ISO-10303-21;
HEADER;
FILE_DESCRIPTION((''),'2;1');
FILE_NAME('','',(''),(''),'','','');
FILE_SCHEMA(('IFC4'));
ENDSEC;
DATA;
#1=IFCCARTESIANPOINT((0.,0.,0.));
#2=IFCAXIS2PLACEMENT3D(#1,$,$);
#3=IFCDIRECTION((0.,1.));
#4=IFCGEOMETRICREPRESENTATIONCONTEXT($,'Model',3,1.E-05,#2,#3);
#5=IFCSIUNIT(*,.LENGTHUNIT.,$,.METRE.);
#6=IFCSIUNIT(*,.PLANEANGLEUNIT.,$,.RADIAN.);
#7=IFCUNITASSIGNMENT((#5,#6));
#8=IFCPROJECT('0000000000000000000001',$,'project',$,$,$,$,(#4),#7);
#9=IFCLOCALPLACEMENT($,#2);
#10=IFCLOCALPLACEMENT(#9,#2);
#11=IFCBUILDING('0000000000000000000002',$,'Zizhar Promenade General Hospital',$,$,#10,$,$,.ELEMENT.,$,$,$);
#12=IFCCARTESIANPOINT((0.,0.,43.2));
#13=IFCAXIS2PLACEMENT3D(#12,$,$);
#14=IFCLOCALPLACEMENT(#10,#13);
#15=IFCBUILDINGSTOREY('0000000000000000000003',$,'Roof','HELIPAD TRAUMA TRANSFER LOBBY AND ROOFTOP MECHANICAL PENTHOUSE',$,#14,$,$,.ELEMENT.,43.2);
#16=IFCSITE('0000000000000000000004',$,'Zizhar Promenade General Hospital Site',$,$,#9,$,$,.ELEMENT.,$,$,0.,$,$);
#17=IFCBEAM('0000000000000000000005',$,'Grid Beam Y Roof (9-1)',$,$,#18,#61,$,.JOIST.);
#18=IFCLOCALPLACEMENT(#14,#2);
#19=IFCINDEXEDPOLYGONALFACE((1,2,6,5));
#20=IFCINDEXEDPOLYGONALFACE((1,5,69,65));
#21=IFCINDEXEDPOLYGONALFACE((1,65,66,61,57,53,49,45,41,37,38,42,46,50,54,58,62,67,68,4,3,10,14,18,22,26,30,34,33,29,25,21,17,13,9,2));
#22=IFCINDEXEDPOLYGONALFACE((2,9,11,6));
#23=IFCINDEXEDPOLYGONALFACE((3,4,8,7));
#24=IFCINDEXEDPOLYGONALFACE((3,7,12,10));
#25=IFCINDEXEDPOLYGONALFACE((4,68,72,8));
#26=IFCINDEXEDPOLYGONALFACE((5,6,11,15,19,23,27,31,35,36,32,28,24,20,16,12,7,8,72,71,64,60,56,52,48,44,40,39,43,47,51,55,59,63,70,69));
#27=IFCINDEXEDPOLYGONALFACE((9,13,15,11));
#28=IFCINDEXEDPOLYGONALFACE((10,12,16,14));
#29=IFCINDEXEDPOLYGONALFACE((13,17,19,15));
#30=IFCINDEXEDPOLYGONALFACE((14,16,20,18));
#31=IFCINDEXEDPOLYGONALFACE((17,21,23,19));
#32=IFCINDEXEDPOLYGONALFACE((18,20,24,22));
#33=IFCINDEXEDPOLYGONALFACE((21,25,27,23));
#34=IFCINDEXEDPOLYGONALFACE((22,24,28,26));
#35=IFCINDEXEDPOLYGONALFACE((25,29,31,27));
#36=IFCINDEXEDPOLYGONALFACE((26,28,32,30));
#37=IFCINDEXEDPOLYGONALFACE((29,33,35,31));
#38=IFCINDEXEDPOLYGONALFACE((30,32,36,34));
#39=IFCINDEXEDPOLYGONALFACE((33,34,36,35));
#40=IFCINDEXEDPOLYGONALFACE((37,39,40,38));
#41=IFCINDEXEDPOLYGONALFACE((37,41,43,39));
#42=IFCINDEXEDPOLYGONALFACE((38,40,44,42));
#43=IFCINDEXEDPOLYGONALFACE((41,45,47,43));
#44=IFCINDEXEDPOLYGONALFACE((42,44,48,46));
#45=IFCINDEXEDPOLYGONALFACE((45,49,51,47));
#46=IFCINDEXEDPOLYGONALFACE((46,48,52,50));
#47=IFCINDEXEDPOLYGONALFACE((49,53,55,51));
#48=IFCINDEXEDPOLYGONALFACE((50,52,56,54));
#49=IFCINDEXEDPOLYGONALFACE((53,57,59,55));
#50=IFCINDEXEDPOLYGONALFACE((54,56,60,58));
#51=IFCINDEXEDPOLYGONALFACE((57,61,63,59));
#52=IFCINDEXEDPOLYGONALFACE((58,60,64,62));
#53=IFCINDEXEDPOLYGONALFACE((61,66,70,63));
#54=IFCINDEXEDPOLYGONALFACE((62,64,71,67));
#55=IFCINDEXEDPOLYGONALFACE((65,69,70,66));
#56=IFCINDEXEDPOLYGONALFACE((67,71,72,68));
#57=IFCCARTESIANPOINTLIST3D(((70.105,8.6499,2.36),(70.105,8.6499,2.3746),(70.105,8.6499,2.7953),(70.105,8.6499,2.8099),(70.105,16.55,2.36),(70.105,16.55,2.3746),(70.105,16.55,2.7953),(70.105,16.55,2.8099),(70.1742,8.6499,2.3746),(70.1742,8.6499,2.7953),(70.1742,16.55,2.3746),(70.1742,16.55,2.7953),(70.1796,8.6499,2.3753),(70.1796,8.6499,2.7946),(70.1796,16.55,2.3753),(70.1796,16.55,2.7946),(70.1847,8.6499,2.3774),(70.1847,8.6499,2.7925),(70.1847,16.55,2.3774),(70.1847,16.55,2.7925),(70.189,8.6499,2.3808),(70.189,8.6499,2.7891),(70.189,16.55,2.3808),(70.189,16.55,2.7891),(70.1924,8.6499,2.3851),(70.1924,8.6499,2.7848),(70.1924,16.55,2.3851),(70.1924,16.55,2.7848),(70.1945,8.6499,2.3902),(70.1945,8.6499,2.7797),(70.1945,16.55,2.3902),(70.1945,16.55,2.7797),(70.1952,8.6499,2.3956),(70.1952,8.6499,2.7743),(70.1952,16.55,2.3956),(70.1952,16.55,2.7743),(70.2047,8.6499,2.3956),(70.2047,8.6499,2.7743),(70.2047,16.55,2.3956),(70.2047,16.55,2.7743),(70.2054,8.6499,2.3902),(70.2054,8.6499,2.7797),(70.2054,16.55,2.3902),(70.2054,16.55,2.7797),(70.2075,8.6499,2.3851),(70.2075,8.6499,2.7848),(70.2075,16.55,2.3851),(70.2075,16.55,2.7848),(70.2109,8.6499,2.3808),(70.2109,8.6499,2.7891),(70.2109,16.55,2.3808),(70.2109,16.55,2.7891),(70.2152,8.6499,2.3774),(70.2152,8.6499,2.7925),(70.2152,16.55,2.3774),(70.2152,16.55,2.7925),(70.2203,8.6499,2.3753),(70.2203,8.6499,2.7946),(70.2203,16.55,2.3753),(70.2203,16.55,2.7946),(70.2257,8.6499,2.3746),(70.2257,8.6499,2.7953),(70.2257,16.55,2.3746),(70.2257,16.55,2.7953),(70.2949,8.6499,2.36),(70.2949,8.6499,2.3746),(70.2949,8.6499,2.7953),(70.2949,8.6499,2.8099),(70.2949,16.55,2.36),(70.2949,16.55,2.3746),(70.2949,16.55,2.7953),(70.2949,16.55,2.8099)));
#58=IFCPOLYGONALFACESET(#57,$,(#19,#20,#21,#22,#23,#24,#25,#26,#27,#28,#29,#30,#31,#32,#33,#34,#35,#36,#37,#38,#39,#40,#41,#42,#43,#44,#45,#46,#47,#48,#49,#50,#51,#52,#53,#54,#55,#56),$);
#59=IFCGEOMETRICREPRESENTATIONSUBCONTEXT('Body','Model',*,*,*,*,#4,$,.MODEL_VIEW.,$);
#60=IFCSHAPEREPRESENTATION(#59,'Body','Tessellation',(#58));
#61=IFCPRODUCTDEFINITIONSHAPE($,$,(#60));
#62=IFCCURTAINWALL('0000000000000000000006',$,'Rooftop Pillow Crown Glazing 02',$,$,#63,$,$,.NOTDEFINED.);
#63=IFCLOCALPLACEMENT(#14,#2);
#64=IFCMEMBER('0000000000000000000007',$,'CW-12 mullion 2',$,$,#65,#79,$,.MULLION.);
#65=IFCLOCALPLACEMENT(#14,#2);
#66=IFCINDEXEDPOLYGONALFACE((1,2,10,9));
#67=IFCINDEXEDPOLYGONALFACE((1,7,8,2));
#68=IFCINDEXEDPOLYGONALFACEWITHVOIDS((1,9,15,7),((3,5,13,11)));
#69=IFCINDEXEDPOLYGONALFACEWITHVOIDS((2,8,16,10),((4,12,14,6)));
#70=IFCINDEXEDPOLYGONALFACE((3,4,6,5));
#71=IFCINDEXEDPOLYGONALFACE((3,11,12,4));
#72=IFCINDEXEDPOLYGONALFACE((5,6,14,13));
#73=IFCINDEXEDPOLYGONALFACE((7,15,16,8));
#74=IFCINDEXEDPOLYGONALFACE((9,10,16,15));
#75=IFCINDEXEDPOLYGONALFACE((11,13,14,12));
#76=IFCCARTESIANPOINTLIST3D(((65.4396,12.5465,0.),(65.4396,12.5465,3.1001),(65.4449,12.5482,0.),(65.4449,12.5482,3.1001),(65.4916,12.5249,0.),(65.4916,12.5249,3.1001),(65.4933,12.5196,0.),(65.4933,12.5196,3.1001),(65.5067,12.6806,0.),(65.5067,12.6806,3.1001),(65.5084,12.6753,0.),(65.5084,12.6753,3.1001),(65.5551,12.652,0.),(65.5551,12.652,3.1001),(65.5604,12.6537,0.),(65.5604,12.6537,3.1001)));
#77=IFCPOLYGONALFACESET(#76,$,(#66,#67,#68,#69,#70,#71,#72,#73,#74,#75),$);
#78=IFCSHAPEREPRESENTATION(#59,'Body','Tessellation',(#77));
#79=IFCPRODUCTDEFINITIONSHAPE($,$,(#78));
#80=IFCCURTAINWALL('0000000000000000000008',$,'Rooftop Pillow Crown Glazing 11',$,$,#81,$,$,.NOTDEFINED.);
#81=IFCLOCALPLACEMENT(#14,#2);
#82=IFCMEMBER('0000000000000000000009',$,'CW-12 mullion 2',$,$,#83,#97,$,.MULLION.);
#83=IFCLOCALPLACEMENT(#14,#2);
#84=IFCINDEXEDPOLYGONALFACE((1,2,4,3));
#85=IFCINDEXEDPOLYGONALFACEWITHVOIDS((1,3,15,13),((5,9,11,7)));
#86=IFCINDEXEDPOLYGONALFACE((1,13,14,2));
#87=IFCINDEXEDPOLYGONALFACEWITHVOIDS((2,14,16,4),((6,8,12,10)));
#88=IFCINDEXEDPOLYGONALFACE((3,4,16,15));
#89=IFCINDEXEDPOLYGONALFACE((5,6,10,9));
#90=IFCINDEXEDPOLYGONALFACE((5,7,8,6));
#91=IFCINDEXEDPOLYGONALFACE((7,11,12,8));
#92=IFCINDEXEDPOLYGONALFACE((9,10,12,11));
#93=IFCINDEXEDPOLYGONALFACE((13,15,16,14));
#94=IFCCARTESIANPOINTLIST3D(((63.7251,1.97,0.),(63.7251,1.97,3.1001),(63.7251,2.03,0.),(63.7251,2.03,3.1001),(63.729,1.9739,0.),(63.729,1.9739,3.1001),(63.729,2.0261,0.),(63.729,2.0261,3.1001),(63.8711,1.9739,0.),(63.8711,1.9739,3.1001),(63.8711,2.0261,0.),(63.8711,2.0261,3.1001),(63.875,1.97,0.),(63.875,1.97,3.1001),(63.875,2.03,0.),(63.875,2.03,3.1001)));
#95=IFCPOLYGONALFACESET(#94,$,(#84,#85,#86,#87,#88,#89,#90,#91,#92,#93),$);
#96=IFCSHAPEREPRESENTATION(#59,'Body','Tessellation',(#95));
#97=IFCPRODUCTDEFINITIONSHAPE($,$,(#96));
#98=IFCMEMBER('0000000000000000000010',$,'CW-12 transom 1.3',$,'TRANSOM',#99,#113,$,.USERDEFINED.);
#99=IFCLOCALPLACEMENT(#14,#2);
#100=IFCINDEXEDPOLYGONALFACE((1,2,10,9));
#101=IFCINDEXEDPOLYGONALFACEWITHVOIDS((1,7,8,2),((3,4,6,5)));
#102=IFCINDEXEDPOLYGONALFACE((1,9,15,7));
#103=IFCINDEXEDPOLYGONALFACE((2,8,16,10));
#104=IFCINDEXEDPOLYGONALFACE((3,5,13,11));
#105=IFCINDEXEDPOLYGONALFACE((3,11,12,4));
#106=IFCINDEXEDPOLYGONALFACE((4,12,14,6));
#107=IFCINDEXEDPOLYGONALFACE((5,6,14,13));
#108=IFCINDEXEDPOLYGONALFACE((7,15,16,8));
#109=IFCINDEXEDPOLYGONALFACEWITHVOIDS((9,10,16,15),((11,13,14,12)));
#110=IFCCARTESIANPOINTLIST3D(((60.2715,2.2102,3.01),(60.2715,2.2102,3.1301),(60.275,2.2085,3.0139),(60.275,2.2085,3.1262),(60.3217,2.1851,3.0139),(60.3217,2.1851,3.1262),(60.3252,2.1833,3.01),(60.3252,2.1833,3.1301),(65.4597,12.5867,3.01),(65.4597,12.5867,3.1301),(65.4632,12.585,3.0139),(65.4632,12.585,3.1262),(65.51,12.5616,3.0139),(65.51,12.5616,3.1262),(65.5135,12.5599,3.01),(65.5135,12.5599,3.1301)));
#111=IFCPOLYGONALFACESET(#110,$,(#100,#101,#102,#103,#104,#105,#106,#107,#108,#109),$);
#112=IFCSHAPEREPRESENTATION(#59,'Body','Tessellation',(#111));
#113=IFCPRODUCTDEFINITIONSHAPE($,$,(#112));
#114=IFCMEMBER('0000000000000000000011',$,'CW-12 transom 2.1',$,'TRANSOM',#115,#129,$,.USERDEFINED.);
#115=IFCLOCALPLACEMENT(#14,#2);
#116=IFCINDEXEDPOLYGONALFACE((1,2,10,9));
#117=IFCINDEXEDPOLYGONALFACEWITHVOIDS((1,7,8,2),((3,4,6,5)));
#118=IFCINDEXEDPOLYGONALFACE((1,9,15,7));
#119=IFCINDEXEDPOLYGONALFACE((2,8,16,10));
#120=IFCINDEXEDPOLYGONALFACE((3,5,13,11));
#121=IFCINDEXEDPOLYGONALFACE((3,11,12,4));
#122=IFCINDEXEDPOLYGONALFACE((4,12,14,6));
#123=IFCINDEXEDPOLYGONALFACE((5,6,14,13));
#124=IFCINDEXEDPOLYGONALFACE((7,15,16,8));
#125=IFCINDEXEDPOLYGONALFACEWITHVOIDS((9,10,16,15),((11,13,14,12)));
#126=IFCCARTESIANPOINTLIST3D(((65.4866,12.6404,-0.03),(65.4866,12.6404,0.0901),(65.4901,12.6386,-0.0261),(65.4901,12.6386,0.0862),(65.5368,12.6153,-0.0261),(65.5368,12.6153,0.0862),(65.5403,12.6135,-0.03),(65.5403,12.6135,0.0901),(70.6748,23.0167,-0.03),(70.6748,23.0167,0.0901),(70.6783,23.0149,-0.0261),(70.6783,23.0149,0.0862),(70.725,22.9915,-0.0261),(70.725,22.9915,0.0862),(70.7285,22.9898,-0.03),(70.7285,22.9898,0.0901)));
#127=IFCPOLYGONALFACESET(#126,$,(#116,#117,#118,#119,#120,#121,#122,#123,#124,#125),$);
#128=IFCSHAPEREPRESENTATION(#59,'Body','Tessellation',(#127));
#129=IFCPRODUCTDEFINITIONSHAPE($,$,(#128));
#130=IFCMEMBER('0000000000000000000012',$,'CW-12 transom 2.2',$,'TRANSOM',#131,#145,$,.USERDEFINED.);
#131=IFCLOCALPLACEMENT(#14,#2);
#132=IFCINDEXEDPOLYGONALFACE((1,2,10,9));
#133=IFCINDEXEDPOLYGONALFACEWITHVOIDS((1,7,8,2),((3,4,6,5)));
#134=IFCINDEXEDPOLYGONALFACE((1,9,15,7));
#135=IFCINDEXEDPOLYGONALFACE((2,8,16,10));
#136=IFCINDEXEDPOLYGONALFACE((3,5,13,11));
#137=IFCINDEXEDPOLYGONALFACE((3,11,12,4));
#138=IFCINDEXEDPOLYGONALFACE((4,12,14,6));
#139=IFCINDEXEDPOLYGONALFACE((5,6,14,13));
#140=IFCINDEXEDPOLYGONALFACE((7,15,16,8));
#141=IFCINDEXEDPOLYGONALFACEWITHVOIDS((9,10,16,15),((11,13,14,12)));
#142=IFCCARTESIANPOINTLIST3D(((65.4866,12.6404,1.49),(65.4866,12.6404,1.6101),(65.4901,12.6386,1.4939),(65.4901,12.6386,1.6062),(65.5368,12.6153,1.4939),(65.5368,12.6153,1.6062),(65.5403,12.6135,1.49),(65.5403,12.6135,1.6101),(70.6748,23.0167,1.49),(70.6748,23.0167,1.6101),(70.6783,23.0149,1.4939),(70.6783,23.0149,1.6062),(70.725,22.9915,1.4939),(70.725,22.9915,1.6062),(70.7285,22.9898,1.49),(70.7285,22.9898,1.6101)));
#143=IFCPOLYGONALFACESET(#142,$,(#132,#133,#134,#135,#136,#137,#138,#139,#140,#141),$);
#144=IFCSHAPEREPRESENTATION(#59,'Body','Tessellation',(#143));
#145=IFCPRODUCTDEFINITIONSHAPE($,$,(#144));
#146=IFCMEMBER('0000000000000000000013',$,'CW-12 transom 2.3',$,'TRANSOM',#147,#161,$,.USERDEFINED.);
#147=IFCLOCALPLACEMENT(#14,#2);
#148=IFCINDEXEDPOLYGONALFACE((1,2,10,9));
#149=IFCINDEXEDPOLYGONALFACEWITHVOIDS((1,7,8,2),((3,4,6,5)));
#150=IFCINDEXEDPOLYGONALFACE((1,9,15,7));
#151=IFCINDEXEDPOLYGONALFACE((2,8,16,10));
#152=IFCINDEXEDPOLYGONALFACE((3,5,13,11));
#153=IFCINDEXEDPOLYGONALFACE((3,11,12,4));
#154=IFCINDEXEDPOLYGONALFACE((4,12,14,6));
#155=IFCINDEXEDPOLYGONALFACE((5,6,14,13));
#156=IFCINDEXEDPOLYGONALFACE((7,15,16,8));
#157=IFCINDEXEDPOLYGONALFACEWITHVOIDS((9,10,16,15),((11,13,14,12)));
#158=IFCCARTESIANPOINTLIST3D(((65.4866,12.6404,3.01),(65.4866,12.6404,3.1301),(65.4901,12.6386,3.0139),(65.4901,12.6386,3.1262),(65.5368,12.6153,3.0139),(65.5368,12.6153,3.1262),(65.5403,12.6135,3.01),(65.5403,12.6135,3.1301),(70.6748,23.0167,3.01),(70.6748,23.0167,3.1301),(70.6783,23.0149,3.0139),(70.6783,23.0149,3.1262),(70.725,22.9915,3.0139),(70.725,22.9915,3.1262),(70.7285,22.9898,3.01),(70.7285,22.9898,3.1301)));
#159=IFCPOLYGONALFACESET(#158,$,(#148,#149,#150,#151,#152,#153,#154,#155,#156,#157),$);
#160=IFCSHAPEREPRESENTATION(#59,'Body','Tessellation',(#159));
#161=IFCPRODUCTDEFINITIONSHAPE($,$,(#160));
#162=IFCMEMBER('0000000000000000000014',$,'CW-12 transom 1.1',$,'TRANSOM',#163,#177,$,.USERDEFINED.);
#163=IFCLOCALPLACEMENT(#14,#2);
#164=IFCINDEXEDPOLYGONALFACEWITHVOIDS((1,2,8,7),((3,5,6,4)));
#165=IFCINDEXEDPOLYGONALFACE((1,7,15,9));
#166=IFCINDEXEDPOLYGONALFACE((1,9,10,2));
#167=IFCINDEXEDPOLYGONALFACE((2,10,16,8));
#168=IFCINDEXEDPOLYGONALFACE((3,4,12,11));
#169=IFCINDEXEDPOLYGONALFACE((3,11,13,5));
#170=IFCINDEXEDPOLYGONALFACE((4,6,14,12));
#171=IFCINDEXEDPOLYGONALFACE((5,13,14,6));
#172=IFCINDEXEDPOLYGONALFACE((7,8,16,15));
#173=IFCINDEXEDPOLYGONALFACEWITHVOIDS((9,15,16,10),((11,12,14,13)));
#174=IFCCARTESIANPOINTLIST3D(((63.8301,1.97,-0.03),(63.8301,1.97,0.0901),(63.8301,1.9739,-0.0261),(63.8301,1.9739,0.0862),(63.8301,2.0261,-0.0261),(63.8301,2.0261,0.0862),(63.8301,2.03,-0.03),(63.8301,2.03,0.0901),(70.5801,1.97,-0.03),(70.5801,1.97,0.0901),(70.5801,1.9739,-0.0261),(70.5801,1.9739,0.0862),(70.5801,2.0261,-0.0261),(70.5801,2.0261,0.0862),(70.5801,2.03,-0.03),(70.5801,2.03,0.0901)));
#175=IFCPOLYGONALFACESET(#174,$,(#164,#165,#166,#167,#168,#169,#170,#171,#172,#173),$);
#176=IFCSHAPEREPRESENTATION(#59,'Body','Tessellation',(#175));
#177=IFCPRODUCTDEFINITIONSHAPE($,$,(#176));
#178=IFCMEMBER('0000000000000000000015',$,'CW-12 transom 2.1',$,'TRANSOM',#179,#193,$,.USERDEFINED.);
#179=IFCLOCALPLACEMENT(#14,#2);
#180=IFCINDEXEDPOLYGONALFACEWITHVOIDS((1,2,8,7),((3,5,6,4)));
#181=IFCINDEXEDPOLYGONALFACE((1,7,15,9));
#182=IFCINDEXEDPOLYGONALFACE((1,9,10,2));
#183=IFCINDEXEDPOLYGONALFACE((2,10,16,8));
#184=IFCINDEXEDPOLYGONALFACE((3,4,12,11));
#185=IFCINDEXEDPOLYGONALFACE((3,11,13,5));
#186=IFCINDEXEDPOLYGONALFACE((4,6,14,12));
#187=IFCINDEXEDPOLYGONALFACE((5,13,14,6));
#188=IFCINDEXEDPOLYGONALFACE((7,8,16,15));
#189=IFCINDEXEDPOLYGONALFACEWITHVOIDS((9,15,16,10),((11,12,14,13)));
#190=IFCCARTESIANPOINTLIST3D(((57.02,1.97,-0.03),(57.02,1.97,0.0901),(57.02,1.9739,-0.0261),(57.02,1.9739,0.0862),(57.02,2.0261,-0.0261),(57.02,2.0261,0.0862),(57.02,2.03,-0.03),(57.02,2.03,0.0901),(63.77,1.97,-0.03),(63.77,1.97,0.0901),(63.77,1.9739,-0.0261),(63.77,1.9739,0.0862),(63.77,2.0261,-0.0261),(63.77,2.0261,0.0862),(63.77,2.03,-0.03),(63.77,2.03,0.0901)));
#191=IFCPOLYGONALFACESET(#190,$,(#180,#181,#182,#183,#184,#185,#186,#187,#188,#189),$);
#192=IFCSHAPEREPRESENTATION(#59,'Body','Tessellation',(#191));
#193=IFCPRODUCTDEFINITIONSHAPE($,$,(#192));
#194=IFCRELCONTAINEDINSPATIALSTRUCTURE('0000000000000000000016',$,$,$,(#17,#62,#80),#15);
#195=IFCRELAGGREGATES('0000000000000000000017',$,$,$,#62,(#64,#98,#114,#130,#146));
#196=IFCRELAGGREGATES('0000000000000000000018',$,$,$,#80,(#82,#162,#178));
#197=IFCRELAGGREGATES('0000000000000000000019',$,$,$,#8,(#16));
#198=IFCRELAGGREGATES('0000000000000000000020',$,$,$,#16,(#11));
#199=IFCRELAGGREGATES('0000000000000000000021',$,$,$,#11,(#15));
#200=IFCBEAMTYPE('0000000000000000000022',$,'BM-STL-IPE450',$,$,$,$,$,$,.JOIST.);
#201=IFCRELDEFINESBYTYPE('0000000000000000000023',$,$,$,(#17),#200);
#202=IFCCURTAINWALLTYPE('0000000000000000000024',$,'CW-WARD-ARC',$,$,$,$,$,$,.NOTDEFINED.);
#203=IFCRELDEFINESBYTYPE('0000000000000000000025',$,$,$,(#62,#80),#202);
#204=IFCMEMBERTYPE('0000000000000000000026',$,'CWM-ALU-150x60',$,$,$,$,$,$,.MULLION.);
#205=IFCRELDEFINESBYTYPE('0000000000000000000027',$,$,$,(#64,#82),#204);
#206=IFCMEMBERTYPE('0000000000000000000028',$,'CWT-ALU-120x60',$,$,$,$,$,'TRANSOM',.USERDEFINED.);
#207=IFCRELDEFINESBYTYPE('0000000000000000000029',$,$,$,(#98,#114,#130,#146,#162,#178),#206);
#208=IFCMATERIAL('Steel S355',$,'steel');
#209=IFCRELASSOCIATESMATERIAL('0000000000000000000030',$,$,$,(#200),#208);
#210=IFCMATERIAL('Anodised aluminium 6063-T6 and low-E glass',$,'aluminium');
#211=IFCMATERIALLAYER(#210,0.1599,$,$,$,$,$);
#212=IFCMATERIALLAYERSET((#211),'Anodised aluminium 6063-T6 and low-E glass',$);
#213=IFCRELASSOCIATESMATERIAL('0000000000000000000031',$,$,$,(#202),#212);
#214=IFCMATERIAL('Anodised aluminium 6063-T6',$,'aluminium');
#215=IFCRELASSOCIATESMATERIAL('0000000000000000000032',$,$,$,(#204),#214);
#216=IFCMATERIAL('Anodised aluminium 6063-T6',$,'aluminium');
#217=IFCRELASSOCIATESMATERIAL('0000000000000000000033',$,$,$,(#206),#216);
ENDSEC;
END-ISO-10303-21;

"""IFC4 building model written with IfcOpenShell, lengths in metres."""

from ifc_helpers import new_model, si_unit, direction, frame, origin, origin_2d, place, context, subcontext, project, spatial, hollow_rectangle, i_section, extrude, material, layer, layer_set, material_profile, profile_set, type_object, element, aggregate, save


model = new_model("IFC4")

# Units and contexts
model_context = context("Model", 3, precision=1e-05, world=origin(), true_north=direction((0.0, 1.0)))
body_context = subcontext(model_context, "Body", "Model", "MODEL_VIEW")
ifc_project = project(units=[si_unit("LENGTHUNIT", "METRE"), si_unit("PLANEANGLEUNIT", "RADIAN")], contexts=[model_context])

# Site, building, storey
site_placement = place(None, origin())
site = spatial("IfcSite", under=ifc_project, at=site_placement, Name="Zizhar Promenade General Hospital Site", CompositionType="ELEMENT", RefElevation=0.0)
building_placement = place(site_placement, origin())
building = spatial("IfcBuilding", under=site, at=building_placement, Name="Zizhar Promenade General Hospital", CompositionType="ELEMENT")
storey_placement = place(building_placement, frame((0.0, 0.0, 43.2)))
storey = spatial("IfcBuildingStorey", under=building, at=storey_placement, Name="Roof", Description="HELIPAD TRAUMA TRANSFER LOBBY AND ROOFTOP MECHANICAL PENTHOUSE", CompositionType="ELEMENT", Elevation=43.2)

# Beam
ifc_material_1 = material(Name="Steel S355", Category="steel")
ifc_material_profile_1 = material_profile(ifc_material_1, i_section(OverallWidth=0.1899, OverallDepth=0.45, WebThickness=0.0095, FlangeThickness=0.0146, FilletRadius=0.021, at=origin_2d()))
ifc_profile_set_1 = profile_set([ifc_material_profile_1], Name="Steel S355")
beam_type_1 = type_object("IfcBeamType", Name="BM-STL-IPE450", PredefinedType="JOIST", material=ifc_profile_set_1)
for number, where, z_axis, x_axis, name in (
    (1, (70.2, 8.6499, 2.585), (0.0, 1.0, 0.0), (-1.0, 0.0, 0.0), "Grid Beam Y Roof (9-1)"),
):
    element("IfcBeam", number, at=place(storey_placement, frame(where, z_axis=z_axis, x_axis=x_axis)), inside=storey, type_object=beam_type_1, Name=name, PredefinedType="JOIST", context=body_context, shape_type="SweptSolid", body=[
        extrude(i_section(OverallWidth=0.1899, OverallDepth=0.45, WebThickness=0.0095, FlangeThickness=0.0146, FilletRadius=0.021, at=origin_2d()), origin(), (0.0, 0.0, 1.0), 7.9001),
    ])

# Curtain walls, members
ifc_material_2 = material(Name="Anodised aluminium 6063-T6 and low-E glass", Category="aluminium")
ifc_layer_1 = layer(ifc_material_2, 0.1599)
ifc_layer_set_1 = layer_set([ifc_layer_1], Name="Anodised aluminium 6063-T6 and low-E glass")
curtain_wall_type = type_object("IfcCurtainWallType", Name="CW-WARD-ARC", PredefinedType="NOTDEFINED", material=ifc_layer_set_1)
curtain_wall_1_placement = place(storey_placement, origin())
curtain_wall_1 = element("IfcCurtainWall", 2, at=curtain_wall_1_placement, inside=storey, type_object=curtain_wall_type, Name="Rooftop Pillow Crown Glazing 02", PredefinedType="NOTDEFINED")
ifc_material_3 = material(Name="Anodised aluminium 6063-T6", Category="aluminium")
ifc_material_profile_2 = material_profile(ifc_material_3, hollow_rectangle(XDim=0.0601, YDim=0.1499, WallThickness=0.0039, at=origin_2d()))
ifc_profile_set_2 = profile_set([ifc_material_profile_2], Name="Anodised aluminium 6063-T6")
member_type_1 = type_object("IfcMemberType", Name="CWM-ALU-150x60", PredefinedType="MULLION", material=ifc_profile_set_2)
member_1_placement = place(storey_placement, frame((65.5, 12.6001, 0.0), z_axis=(0.0, 0.0, 1.0), x_axis=(-0.894429, 0.44721, 0.0)))
member_1 = element("IfcMember", 3, at=member_1_placement, type_object=member_type_1, Name="CW-12 mullion 2", PredefinedType="MULLION", context=body_context, shape_type="SweptSolid", body=[
    extrude(hollow_rectangle(XDim=0.0601, YDim=0.1499, WallThickness=0.0039, at=origin_2d()), origin(), (0.0, 0.0, 1.0), 3.1001),
])
curtain_wall_2_placement = place(storey_placement, origin())
curtain_wall_2 = element("IfcCurtainWall", 4, at=curtain_wall_2_placement, inside=storey, type_object=curtain_wall_type, Name="Rooftop Pillow Crown Glazing 11", PredefinedType="NOTDEFINED")
member_2_placement = place(storey_placement, frame((63.8, 2.0, 0.0), z_axis=(0.0, 0.0, 1.0), x_axis=(0.0, -1.0, 0.0)))
member_2 = element("IfcMember", 5, at=member_2_placement, type_object=member_type_1, Name="CW-12 mullion 2", PredefinedType="MULLION", context=body_context, shape_type="SweptSolid", body=[
    extrude(hollow_rectangle(XDim=0.0601, YDim=0.1499, WallThickness=0.0039, at=origin_2d()), origin(), (0.0, 0.0, 1.0), 3.1001),
])

# Members
ifc_material_4 = material(Name="Anodised aluminium 6063-T6", Category="aluminium")
ifc_material_profile_3 = material_profile(ifc_material_4, hollow_rectangle(XDim=0.0601, YDim=0.1201, WallThickness=0.0039, at=origin_2d()))
ifc_profile_set_3 = profile_set([ifc_material_profile_3], Name="Anodised aluminium 6063-T6")
member_type_2 = type_object("IfcMemberType", Name="CWT-ALU-120x60", ElementType="TRANSOM", PredefinedType="USERDEFINED", material=ifc_profile_set_3)
member_3_placement = place(storey_placement, frame((60.2983, 2.1968, 3.0701), z_axis=(0.447214, 0.894427, 0.0), x_axis=(-0.894427, 0.447214, 0.0)))
member_3 = element("IfcMember", 6, at=member_3_placement, type_object=member_type_2, Name="CW-12 transom 1.3", ObjectType="TRANSOM", PredefinedType="USERDEFINED", context=body_context, shape_type="SweptSolid", body=[
    extrude(hollow_rectangle(XDim=0.0601, YDim=0.1201, WallThickness=0.0039, at=origin_2d()), origin(), (0.0, 0.0, 1.0), 11.6013),
])
member_4_placement = place(storey_placement, frame((65.5134, 12.627, 0.03), z_axis=(0.447222, 0.894423, 0.0), x_axis=(-0.894423, 0.447222, 0.0)))
member_4 = element("IfcMember", 7, at=member_4_placement, type_object=member_type_2, Name="CW-12 transom 2.1", ObjectType="TRANSOM", PredefinedType="USERDEFINED", context=body_context, shape_type="SweptSolid", body=[
    extrude(hollow_rectangle(XDim=0.0601, YDim=0.1201, WallThickness=0.0039, at=origin_2d()), origin(), (0.0, 0.0, 1.0), 11.6011),
])
member_5_placement = place(storey_placement, frame((65.5134, 12.627, 1.55), z_axis=(0.447222, 0.894423, 0.0), x_axis=(-0.894423, 0.447222, 0.0)))
member_5 = element("IfcMember", 8, at=member_5_placement, type_object=member_type_2, Name="CW-12 transom 2.2", ObjectType="TRANSOM", PredefinedType="USERDEFINED", context=body_context, shape_type="SweptSolid", body=[
    extrude(hollow_rectangle(XDim=0.0601, YDim=0.1201, WallThickness=0.0039, at=origin_2d()), origin(), (0.0, 0.0, 1.0), 11.6011),
])
member_6_placement = place(storey_placement, frame((65.5134, 12.627, 3.0701), z_axis=(0.447222, 0.894423, 0.0), x_axis=(-0.894423, 0.447222, 0.0)))
member_6 = element("IfcMember", 9, at=member_6_placement, type_object=member_type_2, Name="CW-12 transom 2.3", ObjectType="TRANSOM", PredefinedType="USERDEFINED", context=body_context, shape_type="SweptSolid", body=[
    extrude(hollow_rectangle(XDim=0.0601, YDim=0.1201, WallThickness=0.0039, at=origin_2d()), origin(), (0.0, 0.0, 1.0), 11.6011),
])
member_7_placement = place(storey_placement, frame((70.5801, 2.0, 0.03), z_axis=(-1.0, 0.0, 0.0), x_axis=(0.0, -1.0, 0.0)))
member_7 = element("IfcMember", 10, at=member_7_placement, type_object=member_type_2, Name="CW-12 transom 1.1", ObjectType="TRANSOM", PredefinedType="USERDEFINED", context=body_context, shape_type="SweptSolid", body=[
    extrude(hollow_rectangle(XDim=0.0601, YDim=0.1201, WallThickness=0.0039, at=origin_2d()), origin(), (0.0, 0.0, 1.0), 6.75),
])
member_8_placement = place(storey_placement, frame((63.77, 2.0, 0.03), z_axis=(-1.0, 0.0, 0.0), x_axis=(0.0, -1.0, 0.0)))
member_8 = element("IfcMember", 11, at=member_8_placement, type_object=member_type_2, Name="CW-12 transom 2.1", ObjectType="TRANSOM", PredefinedType="USERDEFINED", context=body_context, shape_type="SweptSolid", body=[
    extrude(hollow_rectangle(XDim=0.0601, YDim=0.1201, WallThickness=0.0039, at=origin_2d()), origin(), (0.0, 0.0, 1.0), 6.75),
])

aggregate(curtain_wall_1, [member_1, member_3, member_4, member_5, member_6])
aggregate(curtain_wall_2, [member_2, member_7, member_8])

save(model, "model.ifc")
